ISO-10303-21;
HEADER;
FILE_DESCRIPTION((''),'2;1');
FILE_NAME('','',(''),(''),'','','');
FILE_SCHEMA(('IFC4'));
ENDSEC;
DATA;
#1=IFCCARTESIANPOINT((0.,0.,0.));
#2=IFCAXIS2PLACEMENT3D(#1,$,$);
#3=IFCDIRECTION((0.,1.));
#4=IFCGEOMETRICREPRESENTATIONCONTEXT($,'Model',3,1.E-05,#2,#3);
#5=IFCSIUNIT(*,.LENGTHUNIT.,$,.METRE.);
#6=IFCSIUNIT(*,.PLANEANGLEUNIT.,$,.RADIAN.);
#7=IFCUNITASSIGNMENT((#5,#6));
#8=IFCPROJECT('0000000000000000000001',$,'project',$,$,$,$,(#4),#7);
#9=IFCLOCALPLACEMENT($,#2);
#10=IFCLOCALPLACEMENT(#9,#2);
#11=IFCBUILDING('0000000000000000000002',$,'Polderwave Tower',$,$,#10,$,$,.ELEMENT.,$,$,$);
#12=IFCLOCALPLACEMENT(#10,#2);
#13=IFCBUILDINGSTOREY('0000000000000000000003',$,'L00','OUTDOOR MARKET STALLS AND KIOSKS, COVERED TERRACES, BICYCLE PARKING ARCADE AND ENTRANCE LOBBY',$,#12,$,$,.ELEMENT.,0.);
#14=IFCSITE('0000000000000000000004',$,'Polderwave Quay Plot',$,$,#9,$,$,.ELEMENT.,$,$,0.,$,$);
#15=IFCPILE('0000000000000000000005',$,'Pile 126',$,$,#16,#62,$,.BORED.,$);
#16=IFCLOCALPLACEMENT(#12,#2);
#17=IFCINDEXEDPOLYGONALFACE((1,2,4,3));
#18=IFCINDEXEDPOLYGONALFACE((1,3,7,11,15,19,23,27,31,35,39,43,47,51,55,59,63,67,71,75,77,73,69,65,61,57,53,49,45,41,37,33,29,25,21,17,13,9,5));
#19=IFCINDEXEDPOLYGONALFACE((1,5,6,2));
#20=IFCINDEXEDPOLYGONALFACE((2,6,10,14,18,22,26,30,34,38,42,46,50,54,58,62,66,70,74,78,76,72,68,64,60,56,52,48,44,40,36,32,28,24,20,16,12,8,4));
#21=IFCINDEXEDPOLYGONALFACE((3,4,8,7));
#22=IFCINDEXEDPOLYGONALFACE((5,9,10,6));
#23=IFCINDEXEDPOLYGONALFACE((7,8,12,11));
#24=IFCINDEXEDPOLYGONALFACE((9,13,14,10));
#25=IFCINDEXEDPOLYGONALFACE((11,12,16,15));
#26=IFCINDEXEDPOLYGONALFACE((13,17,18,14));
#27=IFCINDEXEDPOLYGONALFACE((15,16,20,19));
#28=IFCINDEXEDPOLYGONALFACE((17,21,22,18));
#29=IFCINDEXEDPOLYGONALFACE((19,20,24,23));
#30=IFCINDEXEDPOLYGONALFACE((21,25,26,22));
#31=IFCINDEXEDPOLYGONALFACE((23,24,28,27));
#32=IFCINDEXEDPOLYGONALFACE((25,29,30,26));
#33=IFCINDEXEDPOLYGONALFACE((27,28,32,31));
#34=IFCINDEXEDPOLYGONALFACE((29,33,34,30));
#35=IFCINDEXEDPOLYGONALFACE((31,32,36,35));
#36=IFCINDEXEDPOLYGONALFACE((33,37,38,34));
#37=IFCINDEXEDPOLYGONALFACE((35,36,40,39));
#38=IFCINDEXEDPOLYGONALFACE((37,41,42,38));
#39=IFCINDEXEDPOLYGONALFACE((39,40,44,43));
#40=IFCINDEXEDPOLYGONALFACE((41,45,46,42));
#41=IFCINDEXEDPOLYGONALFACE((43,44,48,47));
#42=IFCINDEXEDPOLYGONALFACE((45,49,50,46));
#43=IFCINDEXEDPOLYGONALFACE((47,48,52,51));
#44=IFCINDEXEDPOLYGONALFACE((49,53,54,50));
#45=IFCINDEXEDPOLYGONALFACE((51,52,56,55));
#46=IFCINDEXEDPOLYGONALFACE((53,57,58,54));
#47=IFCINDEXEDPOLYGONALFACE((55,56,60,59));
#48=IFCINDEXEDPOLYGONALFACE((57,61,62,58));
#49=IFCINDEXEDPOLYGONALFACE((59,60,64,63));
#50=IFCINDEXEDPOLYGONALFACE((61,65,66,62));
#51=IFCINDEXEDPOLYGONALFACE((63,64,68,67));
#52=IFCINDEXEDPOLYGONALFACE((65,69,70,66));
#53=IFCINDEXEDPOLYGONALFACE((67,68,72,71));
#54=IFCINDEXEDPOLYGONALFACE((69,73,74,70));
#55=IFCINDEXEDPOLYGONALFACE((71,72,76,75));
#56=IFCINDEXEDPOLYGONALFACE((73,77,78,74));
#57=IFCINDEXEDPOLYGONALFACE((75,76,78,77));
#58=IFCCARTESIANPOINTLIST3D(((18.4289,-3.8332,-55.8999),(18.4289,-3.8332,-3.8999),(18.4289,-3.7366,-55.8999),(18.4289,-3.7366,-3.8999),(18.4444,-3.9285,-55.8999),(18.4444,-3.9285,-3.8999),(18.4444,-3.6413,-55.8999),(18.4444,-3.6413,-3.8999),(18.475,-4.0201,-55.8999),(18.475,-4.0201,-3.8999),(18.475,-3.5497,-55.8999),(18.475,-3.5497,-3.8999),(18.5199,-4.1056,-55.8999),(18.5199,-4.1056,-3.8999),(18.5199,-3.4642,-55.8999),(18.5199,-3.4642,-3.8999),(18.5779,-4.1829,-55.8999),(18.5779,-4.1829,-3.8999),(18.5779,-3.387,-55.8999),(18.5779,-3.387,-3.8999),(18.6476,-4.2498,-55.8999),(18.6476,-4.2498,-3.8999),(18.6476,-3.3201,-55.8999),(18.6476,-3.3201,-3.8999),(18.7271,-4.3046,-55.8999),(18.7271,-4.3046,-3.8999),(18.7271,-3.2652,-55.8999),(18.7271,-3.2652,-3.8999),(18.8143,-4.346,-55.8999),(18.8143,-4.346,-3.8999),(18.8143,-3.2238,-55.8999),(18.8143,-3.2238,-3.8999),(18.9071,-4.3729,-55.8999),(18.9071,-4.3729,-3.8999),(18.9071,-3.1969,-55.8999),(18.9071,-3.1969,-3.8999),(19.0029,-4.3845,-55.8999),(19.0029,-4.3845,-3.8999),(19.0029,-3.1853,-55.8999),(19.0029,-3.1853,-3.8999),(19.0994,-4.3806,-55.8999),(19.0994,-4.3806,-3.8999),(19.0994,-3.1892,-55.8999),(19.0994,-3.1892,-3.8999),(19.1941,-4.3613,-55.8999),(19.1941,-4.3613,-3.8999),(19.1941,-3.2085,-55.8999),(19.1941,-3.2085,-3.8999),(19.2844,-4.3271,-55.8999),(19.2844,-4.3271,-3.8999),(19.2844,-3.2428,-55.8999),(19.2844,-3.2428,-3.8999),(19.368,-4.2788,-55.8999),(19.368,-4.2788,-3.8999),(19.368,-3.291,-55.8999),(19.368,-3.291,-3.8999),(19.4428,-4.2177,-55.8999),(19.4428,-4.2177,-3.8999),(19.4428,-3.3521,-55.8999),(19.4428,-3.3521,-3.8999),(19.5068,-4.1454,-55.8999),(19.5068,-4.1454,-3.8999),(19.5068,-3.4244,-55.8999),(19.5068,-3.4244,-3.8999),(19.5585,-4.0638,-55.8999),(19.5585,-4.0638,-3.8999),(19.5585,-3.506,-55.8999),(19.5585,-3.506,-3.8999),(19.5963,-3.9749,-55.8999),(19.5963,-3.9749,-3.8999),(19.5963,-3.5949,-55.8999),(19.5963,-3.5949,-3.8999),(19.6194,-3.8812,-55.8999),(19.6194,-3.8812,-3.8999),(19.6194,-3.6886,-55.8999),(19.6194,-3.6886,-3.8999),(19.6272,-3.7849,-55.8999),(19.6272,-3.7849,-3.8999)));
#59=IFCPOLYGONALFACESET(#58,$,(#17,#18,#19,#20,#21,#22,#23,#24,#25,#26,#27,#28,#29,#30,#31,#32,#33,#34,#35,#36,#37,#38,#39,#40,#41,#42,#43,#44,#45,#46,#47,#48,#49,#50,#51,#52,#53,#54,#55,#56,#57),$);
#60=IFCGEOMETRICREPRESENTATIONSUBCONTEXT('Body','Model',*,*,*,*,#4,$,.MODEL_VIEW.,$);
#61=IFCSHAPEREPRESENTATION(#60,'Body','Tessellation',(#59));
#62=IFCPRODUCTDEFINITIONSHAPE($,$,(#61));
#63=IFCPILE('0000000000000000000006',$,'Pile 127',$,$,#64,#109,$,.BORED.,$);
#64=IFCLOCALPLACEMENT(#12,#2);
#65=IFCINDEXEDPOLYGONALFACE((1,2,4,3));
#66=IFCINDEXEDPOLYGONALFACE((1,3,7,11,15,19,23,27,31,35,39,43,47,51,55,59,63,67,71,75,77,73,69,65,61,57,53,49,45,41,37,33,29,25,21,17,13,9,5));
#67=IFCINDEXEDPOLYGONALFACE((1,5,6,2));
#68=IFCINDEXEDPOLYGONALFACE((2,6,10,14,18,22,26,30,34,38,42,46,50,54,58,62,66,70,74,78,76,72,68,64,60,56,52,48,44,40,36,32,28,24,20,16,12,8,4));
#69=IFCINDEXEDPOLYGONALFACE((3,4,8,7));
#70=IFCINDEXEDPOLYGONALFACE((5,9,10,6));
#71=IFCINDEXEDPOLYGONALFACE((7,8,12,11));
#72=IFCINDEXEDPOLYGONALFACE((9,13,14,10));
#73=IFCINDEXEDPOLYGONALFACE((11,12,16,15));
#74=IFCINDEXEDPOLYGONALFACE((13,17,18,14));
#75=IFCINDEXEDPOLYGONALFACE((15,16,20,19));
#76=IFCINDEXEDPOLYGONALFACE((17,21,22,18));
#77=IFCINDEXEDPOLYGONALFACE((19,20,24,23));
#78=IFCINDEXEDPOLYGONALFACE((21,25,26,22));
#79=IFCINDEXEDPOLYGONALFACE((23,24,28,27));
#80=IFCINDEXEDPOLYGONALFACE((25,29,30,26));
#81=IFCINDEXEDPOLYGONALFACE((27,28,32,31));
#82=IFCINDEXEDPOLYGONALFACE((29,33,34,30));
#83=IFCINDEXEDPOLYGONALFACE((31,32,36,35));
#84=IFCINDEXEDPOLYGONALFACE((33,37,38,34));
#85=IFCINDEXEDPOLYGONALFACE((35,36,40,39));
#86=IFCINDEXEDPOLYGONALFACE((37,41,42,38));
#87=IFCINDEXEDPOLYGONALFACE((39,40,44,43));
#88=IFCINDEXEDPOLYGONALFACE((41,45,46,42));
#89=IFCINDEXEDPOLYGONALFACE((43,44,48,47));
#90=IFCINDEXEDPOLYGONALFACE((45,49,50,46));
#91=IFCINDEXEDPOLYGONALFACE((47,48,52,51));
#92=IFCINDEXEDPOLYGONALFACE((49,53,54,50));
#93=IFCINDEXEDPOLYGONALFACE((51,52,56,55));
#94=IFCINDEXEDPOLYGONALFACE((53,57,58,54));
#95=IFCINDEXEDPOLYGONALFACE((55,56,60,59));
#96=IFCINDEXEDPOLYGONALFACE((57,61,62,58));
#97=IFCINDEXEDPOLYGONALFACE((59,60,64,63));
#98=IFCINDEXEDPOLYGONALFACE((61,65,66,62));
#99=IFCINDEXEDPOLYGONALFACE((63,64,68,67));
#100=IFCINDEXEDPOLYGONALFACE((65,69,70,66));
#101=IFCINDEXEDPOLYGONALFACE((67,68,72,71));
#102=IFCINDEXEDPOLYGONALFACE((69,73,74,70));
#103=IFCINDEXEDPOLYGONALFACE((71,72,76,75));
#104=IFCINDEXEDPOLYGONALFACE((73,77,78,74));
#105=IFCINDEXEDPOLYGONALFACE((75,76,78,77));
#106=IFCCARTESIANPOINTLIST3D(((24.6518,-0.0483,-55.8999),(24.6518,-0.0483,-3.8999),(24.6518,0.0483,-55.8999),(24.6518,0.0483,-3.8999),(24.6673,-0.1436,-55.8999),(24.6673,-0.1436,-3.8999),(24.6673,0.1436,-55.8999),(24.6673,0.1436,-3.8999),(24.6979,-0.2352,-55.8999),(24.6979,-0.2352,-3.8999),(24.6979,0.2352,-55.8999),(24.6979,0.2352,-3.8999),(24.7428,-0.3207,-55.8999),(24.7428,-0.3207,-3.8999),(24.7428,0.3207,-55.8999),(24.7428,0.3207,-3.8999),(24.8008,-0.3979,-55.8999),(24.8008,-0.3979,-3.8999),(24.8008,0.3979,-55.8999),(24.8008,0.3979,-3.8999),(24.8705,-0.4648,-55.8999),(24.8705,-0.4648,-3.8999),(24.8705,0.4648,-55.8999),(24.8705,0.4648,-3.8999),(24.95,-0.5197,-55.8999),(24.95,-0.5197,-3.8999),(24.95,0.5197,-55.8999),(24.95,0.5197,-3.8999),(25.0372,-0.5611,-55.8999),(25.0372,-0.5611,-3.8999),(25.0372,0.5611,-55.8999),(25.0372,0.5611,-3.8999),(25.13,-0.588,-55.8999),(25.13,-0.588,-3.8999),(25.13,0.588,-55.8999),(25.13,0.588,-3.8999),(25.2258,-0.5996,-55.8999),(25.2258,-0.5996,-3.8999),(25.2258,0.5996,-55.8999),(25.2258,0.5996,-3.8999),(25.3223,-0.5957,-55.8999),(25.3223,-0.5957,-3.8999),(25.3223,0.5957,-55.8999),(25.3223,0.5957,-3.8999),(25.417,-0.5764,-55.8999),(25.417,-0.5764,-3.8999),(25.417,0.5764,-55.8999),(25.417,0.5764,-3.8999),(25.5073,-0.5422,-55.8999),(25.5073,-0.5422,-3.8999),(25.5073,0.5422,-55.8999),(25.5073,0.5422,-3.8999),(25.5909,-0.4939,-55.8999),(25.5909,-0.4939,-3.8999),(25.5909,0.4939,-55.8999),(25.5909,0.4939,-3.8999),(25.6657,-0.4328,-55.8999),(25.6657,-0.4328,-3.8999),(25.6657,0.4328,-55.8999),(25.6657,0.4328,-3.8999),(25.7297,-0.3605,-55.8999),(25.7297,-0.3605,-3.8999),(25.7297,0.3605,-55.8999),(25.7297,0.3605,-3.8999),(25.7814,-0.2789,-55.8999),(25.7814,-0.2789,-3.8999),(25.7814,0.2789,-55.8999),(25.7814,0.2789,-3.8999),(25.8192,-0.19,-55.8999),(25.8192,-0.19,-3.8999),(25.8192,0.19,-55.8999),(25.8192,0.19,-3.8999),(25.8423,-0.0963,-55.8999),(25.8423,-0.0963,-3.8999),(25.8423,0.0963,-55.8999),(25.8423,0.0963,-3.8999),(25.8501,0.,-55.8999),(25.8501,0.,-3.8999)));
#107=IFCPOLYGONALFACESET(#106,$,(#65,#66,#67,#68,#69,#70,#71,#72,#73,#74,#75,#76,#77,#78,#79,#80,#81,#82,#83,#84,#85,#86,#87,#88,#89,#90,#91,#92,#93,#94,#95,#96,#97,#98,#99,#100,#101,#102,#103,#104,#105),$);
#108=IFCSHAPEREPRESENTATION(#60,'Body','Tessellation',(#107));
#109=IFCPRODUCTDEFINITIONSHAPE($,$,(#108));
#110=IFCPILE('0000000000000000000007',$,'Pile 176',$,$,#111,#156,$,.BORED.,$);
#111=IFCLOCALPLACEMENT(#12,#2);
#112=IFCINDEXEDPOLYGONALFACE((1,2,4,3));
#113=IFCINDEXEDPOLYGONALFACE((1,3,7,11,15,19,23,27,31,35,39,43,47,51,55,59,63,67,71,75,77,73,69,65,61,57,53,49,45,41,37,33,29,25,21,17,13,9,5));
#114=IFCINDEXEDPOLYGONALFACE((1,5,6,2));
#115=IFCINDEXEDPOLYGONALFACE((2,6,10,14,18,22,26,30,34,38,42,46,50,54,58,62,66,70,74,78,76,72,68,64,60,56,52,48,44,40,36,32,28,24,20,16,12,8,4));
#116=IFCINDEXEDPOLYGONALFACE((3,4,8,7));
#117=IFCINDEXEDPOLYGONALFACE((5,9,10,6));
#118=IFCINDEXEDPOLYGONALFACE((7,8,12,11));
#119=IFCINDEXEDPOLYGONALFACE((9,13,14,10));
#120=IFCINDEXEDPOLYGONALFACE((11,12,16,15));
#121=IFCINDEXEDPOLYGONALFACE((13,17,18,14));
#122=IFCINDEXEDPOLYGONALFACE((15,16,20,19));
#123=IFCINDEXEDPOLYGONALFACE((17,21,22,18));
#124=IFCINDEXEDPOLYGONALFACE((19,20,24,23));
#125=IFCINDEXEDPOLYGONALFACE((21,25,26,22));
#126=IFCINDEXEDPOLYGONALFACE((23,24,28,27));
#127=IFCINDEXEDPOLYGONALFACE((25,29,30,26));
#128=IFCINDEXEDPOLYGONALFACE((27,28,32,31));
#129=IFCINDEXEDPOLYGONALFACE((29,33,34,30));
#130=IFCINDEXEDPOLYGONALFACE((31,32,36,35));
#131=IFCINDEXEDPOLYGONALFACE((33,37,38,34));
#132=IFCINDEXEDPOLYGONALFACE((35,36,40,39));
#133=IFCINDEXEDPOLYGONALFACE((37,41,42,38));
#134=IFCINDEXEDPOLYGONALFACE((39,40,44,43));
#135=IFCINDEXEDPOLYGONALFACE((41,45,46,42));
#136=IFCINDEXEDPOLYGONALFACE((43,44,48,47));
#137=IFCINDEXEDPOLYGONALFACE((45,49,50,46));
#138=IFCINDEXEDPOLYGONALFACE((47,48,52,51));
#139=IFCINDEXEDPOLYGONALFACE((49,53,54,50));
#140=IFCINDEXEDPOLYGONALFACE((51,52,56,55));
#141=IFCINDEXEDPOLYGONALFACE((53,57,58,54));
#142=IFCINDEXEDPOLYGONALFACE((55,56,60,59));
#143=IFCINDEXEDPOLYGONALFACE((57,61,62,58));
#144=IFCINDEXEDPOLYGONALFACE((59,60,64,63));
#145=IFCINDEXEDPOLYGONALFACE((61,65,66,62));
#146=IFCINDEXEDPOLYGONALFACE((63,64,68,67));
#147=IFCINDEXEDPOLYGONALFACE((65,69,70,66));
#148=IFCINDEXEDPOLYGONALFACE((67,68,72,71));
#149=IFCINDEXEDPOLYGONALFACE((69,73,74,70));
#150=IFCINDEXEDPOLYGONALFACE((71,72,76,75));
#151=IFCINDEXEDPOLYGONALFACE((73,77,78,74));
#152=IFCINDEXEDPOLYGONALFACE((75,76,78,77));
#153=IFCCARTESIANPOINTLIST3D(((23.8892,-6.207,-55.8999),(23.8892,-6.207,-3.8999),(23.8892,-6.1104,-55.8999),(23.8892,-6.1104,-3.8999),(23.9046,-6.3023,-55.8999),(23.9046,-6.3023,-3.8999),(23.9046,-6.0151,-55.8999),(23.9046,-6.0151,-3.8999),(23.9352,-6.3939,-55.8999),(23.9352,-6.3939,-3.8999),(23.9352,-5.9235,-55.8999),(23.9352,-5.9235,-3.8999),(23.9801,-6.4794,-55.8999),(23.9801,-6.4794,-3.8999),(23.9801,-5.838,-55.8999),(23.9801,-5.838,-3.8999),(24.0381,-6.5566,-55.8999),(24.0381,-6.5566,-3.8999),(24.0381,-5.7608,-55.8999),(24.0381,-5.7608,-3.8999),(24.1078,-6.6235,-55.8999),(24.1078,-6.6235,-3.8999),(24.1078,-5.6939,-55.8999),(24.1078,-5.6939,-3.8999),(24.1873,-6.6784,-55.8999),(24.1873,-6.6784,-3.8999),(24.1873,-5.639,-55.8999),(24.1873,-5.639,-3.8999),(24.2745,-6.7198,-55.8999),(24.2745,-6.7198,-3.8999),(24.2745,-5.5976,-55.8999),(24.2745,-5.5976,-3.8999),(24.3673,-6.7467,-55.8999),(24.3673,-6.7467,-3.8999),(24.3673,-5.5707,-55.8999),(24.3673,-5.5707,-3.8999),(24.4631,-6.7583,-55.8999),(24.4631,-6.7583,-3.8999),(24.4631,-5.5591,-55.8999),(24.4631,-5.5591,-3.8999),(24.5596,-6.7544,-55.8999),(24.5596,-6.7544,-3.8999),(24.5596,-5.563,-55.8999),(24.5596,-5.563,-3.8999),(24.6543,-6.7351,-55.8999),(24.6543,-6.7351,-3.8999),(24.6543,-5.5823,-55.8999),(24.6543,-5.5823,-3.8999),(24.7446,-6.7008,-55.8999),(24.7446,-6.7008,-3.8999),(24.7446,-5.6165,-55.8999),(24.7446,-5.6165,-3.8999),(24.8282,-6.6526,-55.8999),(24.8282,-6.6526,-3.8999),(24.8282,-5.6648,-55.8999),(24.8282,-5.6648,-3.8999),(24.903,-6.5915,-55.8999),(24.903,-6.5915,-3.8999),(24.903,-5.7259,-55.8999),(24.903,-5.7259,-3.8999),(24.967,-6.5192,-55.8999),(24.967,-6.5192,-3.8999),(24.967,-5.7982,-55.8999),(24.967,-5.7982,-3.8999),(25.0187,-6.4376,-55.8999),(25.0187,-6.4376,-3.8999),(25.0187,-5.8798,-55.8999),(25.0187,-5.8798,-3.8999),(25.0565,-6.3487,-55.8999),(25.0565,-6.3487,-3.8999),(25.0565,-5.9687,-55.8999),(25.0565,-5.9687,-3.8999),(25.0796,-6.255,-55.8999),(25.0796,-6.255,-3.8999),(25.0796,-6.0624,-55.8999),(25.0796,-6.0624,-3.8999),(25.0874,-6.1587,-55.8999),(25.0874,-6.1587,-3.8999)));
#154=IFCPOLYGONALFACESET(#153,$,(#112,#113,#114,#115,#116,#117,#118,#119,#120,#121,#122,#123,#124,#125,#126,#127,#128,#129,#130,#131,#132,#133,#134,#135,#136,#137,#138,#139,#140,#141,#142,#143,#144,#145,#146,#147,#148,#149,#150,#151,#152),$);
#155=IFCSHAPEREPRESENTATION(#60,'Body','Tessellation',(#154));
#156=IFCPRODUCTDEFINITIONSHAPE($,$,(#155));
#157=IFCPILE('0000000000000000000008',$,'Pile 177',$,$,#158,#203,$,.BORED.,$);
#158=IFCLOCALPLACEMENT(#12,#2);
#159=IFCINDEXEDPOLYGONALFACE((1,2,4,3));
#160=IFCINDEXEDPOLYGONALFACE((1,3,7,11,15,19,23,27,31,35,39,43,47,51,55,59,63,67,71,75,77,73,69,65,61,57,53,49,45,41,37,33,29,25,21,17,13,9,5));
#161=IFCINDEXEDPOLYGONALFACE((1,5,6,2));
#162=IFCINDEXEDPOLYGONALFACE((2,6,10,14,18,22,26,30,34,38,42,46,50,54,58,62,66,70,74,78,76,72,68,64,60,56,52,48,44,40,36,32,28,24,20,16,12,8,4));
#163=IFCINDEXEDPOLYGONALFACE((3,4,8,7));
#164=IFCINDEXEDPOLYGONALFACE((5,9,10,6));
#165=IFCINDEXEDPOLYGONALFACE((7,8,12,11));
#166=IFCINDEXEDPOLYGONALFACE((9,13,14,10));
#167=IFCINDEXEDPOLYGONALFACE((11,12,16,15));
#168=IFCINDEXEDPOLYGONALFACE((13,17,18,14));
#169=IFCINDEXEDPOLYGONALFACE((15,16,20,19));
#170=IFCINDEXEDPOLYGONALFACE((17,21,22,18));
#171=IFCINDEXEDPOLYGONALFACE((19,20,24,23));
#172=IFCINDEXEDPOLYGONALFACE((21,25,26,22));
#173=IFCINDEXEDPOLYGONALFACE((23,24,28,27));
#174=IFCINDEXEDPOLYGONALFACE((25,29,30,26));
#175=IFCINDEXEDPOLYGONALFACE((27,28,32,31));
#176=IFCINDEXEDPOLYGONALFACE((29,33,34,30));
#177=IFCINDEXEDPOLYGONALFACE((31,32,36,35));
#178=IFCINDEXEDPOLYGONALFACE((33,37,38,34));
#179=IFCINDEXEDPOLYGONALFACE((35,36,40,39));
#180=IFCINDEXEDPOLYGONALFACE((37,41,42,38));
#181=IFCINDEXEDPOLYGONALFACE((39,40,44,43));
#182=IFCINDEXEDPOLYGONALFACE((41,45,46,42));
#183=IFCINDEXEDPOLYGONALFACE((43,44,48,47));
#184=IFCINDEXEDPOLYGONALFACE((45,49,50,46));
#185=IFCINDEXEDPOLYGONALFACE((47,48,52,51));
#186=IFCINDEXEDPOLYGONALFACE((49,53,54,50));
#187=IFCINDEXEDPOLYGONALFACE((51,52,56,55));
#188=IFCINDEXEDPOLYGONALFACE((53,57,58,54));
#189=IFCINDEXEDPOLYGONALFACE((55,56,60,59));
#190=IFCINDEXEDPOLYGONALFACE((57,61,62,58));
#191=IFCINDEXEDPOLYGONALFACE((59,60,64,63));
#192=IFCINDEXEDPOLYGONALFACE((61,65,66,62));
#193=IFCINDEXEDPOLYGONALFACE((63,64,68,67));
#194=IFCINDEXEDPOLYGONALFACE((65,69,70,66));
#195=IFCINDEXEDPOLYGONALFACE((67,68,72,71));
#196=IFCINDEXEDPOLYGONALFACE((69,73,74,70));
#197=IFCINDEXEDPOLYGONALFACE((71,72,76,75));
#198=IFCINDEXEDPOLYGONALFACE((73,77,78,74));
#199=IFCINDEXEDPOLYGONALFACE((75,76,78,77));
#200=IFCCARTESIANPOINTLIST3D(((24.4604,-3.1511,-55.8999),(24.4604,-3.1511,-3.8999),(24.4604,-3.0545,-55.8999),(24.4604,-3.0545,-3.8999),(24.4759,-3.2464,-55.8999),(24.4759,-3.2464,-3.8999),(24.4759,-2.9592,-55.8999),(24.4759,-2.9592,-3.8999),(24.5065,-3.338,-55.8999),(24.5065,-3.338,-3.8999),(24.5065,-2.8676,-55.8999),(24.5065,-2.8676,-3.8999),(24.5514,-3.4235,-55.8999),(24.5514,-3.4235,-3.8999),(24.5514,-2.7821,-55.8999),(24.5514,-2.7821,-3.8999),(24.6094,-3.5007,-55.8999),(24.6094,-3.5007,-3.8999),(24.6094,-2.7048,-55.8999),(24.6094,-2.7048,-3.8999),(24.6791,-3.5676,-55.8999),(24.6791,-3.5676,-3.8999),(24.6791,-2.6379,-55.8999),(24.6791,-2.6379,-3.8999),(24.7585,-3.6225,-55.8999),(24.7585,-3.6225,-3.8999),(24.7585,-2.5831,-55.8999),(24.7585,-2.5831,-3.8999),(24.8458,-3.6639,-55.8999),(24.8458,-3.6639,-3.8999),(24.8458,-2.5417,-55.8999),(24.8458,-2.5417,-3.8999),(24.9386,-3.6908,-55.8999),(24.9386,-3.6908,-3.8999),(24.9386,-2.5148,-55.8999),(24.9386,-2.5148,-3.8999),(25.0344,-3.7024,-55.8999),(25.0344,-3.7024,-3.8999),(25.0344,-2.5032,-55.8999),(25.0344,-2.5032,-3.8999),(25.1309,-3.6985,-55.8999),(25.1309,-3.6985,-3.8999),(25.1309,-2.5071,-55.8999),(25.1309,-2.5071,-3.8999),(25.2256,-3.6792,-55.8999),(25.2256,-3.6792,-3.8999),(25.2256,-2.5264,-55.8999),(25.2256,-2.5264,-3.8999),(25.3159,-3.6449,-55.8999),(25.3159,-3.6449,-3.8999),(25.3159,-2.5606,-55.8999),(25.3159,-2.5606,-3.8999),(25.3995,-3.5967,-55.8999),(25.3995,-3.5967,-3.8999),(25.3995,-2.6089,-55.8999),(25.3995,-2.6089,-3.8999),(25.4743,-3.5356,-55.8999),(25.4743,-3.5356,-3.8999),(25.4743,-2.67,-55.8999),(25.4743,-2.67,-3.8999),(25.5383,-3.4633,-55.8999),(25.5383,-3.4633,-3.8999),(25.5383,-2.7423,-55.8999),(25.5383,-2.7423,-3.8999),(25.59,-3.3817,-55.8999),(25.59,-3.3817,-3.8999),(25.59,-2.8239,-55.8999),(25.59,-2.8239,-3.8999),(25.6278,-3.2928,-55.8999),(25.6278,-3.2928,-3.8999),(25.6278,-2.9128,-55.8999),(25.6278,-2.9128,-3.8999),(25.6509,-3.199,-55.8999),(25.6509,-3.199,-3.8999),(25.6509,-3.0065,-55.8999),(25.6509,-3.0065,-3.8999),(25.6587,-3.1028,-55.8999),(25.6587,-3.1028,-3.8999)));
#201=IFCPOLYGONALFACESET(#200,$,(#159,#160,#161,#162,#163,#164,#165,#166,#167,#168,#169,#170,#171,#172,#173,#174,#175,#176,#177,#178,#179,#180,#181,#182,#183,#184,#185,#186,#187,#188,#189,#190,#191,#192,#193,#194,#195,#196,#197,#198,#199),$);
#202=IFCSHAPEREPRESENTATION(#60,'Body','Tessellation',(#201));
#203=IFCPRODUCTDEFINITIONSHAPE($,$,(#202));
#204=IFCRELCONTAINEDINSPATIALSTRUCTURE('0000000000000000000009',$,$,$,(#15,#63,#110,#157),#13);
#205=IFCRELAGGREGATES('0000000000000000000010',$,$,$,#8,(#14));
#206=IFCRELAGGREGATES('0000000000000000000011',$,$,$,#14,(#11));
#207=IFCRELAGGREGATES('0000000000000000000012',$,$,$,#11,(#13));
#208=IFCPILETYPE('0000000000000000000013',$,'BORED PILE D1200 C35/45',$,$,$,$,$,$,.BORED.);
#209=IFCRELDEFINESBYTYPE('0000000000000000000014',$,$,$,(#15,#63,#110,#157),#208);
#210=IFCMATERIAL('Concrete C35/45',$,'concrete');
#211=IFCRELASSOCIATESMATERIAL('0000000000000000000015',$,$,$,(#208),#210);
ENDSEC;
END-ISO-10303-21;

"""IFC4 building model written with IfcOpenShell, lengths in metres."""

from ifc_helpers import new_model, si_unit, direction, frame, origin, origin_2d, place, context, subcontext, project, spatial, circle, extrude, material, material_profile, profile_set, type_object, element, save


model = new_model("IFC4")

# Units and contexts
model_context = context("Model", 3, precision=1e-05, world=origin(), true_north=direction((0.0, 1.0)))
body_context = subcontext(model_context, "Body", "Model", "MODEL_VIEW")
ifc_project = project(units=[si_unit("LENGTHUNIT", "METRE"), si_unit("PLANEANGLEUNIT", "RADIAN")], contexts=[model_context])

# Site, building, storey
site_placement = place(None, origin())
site = spatial("IfcSite", under=ifc_project, at=site_placement, Name="Polderwave Quay Plot", CompositionType="ELEMENT", RefElevation=0.0)
building_placement = place(site_placement, origin())
building = spatial("IfcBuilding", under=site, at=building_placement, Name="Polderwave Tower", CompositionType="ELEMENT")
storey_placement = place(building_placement, origin())
storey = spatial("IfcBuildingStorey", under=building, at=storey_placement, Name="L00", Description="OUTDOOR MARKET STALLS AND KIOSKS, COVERED TERRACES, BICYCLE PARKING ARCADE AND ENTRANCE LOBBY", CompositionType="ELEMENT", Elevation=0.0)

# Piles
ifc_material_1 = material(Name="Concrete C35/45", Category="concrete")
ifc_material_profile_1 = material_profile(ifc_material_1, circle(Radius=0.6001, at=origin_2d()), Name="BORED D1200")
ifc_profile_set_1 = profile_set([ifc_material_profile_1], Name="Concrete C35/45")
pile_type = type_object("IfcPileType", Name="BORED PILE D1200 C35/45", PredefinedType="BORED", material=ifc_profile_set_1)
for number, where, z_axis, x_axis, name in (
    (1, (19.0271, -3.7849, -3.8999), (0.0, 0.0, -1.0), (1.0, 0.0, 0.0), "Pile 126"),
    (2, (25.25, 0.0, -3.8999), (0.0, 0.0, -1.0), (1.0, 0.0, 0.0), "Pile 127"),
    (3, (24.4873, -6.1587, -3.8999), (0.0, 0.0, -1.0), (1.0, 0.0, 0.0), "Pile 176"),
    (4, (25.0586, -3.1028, -3.8999), (0.0, 0.0, -1.0), (1.0, 0.0, 0.0), "Pile 177"),
):
    element("IfcPile", number, at=place(storey_placement, frame(where, z_axis=z_axis, x_axis=x_axis)), inside=storey, type_object=pile_type, Name=name, PredefinedType="BORED", context=body_context, shape_type="SweptSolid", body=[
        extrude(circle(Radius=0.6001, at=origin_2d()), origin(), (0.0, 0.0, 1.0), 52.0),
    ])

save(model, "model.ifc")
